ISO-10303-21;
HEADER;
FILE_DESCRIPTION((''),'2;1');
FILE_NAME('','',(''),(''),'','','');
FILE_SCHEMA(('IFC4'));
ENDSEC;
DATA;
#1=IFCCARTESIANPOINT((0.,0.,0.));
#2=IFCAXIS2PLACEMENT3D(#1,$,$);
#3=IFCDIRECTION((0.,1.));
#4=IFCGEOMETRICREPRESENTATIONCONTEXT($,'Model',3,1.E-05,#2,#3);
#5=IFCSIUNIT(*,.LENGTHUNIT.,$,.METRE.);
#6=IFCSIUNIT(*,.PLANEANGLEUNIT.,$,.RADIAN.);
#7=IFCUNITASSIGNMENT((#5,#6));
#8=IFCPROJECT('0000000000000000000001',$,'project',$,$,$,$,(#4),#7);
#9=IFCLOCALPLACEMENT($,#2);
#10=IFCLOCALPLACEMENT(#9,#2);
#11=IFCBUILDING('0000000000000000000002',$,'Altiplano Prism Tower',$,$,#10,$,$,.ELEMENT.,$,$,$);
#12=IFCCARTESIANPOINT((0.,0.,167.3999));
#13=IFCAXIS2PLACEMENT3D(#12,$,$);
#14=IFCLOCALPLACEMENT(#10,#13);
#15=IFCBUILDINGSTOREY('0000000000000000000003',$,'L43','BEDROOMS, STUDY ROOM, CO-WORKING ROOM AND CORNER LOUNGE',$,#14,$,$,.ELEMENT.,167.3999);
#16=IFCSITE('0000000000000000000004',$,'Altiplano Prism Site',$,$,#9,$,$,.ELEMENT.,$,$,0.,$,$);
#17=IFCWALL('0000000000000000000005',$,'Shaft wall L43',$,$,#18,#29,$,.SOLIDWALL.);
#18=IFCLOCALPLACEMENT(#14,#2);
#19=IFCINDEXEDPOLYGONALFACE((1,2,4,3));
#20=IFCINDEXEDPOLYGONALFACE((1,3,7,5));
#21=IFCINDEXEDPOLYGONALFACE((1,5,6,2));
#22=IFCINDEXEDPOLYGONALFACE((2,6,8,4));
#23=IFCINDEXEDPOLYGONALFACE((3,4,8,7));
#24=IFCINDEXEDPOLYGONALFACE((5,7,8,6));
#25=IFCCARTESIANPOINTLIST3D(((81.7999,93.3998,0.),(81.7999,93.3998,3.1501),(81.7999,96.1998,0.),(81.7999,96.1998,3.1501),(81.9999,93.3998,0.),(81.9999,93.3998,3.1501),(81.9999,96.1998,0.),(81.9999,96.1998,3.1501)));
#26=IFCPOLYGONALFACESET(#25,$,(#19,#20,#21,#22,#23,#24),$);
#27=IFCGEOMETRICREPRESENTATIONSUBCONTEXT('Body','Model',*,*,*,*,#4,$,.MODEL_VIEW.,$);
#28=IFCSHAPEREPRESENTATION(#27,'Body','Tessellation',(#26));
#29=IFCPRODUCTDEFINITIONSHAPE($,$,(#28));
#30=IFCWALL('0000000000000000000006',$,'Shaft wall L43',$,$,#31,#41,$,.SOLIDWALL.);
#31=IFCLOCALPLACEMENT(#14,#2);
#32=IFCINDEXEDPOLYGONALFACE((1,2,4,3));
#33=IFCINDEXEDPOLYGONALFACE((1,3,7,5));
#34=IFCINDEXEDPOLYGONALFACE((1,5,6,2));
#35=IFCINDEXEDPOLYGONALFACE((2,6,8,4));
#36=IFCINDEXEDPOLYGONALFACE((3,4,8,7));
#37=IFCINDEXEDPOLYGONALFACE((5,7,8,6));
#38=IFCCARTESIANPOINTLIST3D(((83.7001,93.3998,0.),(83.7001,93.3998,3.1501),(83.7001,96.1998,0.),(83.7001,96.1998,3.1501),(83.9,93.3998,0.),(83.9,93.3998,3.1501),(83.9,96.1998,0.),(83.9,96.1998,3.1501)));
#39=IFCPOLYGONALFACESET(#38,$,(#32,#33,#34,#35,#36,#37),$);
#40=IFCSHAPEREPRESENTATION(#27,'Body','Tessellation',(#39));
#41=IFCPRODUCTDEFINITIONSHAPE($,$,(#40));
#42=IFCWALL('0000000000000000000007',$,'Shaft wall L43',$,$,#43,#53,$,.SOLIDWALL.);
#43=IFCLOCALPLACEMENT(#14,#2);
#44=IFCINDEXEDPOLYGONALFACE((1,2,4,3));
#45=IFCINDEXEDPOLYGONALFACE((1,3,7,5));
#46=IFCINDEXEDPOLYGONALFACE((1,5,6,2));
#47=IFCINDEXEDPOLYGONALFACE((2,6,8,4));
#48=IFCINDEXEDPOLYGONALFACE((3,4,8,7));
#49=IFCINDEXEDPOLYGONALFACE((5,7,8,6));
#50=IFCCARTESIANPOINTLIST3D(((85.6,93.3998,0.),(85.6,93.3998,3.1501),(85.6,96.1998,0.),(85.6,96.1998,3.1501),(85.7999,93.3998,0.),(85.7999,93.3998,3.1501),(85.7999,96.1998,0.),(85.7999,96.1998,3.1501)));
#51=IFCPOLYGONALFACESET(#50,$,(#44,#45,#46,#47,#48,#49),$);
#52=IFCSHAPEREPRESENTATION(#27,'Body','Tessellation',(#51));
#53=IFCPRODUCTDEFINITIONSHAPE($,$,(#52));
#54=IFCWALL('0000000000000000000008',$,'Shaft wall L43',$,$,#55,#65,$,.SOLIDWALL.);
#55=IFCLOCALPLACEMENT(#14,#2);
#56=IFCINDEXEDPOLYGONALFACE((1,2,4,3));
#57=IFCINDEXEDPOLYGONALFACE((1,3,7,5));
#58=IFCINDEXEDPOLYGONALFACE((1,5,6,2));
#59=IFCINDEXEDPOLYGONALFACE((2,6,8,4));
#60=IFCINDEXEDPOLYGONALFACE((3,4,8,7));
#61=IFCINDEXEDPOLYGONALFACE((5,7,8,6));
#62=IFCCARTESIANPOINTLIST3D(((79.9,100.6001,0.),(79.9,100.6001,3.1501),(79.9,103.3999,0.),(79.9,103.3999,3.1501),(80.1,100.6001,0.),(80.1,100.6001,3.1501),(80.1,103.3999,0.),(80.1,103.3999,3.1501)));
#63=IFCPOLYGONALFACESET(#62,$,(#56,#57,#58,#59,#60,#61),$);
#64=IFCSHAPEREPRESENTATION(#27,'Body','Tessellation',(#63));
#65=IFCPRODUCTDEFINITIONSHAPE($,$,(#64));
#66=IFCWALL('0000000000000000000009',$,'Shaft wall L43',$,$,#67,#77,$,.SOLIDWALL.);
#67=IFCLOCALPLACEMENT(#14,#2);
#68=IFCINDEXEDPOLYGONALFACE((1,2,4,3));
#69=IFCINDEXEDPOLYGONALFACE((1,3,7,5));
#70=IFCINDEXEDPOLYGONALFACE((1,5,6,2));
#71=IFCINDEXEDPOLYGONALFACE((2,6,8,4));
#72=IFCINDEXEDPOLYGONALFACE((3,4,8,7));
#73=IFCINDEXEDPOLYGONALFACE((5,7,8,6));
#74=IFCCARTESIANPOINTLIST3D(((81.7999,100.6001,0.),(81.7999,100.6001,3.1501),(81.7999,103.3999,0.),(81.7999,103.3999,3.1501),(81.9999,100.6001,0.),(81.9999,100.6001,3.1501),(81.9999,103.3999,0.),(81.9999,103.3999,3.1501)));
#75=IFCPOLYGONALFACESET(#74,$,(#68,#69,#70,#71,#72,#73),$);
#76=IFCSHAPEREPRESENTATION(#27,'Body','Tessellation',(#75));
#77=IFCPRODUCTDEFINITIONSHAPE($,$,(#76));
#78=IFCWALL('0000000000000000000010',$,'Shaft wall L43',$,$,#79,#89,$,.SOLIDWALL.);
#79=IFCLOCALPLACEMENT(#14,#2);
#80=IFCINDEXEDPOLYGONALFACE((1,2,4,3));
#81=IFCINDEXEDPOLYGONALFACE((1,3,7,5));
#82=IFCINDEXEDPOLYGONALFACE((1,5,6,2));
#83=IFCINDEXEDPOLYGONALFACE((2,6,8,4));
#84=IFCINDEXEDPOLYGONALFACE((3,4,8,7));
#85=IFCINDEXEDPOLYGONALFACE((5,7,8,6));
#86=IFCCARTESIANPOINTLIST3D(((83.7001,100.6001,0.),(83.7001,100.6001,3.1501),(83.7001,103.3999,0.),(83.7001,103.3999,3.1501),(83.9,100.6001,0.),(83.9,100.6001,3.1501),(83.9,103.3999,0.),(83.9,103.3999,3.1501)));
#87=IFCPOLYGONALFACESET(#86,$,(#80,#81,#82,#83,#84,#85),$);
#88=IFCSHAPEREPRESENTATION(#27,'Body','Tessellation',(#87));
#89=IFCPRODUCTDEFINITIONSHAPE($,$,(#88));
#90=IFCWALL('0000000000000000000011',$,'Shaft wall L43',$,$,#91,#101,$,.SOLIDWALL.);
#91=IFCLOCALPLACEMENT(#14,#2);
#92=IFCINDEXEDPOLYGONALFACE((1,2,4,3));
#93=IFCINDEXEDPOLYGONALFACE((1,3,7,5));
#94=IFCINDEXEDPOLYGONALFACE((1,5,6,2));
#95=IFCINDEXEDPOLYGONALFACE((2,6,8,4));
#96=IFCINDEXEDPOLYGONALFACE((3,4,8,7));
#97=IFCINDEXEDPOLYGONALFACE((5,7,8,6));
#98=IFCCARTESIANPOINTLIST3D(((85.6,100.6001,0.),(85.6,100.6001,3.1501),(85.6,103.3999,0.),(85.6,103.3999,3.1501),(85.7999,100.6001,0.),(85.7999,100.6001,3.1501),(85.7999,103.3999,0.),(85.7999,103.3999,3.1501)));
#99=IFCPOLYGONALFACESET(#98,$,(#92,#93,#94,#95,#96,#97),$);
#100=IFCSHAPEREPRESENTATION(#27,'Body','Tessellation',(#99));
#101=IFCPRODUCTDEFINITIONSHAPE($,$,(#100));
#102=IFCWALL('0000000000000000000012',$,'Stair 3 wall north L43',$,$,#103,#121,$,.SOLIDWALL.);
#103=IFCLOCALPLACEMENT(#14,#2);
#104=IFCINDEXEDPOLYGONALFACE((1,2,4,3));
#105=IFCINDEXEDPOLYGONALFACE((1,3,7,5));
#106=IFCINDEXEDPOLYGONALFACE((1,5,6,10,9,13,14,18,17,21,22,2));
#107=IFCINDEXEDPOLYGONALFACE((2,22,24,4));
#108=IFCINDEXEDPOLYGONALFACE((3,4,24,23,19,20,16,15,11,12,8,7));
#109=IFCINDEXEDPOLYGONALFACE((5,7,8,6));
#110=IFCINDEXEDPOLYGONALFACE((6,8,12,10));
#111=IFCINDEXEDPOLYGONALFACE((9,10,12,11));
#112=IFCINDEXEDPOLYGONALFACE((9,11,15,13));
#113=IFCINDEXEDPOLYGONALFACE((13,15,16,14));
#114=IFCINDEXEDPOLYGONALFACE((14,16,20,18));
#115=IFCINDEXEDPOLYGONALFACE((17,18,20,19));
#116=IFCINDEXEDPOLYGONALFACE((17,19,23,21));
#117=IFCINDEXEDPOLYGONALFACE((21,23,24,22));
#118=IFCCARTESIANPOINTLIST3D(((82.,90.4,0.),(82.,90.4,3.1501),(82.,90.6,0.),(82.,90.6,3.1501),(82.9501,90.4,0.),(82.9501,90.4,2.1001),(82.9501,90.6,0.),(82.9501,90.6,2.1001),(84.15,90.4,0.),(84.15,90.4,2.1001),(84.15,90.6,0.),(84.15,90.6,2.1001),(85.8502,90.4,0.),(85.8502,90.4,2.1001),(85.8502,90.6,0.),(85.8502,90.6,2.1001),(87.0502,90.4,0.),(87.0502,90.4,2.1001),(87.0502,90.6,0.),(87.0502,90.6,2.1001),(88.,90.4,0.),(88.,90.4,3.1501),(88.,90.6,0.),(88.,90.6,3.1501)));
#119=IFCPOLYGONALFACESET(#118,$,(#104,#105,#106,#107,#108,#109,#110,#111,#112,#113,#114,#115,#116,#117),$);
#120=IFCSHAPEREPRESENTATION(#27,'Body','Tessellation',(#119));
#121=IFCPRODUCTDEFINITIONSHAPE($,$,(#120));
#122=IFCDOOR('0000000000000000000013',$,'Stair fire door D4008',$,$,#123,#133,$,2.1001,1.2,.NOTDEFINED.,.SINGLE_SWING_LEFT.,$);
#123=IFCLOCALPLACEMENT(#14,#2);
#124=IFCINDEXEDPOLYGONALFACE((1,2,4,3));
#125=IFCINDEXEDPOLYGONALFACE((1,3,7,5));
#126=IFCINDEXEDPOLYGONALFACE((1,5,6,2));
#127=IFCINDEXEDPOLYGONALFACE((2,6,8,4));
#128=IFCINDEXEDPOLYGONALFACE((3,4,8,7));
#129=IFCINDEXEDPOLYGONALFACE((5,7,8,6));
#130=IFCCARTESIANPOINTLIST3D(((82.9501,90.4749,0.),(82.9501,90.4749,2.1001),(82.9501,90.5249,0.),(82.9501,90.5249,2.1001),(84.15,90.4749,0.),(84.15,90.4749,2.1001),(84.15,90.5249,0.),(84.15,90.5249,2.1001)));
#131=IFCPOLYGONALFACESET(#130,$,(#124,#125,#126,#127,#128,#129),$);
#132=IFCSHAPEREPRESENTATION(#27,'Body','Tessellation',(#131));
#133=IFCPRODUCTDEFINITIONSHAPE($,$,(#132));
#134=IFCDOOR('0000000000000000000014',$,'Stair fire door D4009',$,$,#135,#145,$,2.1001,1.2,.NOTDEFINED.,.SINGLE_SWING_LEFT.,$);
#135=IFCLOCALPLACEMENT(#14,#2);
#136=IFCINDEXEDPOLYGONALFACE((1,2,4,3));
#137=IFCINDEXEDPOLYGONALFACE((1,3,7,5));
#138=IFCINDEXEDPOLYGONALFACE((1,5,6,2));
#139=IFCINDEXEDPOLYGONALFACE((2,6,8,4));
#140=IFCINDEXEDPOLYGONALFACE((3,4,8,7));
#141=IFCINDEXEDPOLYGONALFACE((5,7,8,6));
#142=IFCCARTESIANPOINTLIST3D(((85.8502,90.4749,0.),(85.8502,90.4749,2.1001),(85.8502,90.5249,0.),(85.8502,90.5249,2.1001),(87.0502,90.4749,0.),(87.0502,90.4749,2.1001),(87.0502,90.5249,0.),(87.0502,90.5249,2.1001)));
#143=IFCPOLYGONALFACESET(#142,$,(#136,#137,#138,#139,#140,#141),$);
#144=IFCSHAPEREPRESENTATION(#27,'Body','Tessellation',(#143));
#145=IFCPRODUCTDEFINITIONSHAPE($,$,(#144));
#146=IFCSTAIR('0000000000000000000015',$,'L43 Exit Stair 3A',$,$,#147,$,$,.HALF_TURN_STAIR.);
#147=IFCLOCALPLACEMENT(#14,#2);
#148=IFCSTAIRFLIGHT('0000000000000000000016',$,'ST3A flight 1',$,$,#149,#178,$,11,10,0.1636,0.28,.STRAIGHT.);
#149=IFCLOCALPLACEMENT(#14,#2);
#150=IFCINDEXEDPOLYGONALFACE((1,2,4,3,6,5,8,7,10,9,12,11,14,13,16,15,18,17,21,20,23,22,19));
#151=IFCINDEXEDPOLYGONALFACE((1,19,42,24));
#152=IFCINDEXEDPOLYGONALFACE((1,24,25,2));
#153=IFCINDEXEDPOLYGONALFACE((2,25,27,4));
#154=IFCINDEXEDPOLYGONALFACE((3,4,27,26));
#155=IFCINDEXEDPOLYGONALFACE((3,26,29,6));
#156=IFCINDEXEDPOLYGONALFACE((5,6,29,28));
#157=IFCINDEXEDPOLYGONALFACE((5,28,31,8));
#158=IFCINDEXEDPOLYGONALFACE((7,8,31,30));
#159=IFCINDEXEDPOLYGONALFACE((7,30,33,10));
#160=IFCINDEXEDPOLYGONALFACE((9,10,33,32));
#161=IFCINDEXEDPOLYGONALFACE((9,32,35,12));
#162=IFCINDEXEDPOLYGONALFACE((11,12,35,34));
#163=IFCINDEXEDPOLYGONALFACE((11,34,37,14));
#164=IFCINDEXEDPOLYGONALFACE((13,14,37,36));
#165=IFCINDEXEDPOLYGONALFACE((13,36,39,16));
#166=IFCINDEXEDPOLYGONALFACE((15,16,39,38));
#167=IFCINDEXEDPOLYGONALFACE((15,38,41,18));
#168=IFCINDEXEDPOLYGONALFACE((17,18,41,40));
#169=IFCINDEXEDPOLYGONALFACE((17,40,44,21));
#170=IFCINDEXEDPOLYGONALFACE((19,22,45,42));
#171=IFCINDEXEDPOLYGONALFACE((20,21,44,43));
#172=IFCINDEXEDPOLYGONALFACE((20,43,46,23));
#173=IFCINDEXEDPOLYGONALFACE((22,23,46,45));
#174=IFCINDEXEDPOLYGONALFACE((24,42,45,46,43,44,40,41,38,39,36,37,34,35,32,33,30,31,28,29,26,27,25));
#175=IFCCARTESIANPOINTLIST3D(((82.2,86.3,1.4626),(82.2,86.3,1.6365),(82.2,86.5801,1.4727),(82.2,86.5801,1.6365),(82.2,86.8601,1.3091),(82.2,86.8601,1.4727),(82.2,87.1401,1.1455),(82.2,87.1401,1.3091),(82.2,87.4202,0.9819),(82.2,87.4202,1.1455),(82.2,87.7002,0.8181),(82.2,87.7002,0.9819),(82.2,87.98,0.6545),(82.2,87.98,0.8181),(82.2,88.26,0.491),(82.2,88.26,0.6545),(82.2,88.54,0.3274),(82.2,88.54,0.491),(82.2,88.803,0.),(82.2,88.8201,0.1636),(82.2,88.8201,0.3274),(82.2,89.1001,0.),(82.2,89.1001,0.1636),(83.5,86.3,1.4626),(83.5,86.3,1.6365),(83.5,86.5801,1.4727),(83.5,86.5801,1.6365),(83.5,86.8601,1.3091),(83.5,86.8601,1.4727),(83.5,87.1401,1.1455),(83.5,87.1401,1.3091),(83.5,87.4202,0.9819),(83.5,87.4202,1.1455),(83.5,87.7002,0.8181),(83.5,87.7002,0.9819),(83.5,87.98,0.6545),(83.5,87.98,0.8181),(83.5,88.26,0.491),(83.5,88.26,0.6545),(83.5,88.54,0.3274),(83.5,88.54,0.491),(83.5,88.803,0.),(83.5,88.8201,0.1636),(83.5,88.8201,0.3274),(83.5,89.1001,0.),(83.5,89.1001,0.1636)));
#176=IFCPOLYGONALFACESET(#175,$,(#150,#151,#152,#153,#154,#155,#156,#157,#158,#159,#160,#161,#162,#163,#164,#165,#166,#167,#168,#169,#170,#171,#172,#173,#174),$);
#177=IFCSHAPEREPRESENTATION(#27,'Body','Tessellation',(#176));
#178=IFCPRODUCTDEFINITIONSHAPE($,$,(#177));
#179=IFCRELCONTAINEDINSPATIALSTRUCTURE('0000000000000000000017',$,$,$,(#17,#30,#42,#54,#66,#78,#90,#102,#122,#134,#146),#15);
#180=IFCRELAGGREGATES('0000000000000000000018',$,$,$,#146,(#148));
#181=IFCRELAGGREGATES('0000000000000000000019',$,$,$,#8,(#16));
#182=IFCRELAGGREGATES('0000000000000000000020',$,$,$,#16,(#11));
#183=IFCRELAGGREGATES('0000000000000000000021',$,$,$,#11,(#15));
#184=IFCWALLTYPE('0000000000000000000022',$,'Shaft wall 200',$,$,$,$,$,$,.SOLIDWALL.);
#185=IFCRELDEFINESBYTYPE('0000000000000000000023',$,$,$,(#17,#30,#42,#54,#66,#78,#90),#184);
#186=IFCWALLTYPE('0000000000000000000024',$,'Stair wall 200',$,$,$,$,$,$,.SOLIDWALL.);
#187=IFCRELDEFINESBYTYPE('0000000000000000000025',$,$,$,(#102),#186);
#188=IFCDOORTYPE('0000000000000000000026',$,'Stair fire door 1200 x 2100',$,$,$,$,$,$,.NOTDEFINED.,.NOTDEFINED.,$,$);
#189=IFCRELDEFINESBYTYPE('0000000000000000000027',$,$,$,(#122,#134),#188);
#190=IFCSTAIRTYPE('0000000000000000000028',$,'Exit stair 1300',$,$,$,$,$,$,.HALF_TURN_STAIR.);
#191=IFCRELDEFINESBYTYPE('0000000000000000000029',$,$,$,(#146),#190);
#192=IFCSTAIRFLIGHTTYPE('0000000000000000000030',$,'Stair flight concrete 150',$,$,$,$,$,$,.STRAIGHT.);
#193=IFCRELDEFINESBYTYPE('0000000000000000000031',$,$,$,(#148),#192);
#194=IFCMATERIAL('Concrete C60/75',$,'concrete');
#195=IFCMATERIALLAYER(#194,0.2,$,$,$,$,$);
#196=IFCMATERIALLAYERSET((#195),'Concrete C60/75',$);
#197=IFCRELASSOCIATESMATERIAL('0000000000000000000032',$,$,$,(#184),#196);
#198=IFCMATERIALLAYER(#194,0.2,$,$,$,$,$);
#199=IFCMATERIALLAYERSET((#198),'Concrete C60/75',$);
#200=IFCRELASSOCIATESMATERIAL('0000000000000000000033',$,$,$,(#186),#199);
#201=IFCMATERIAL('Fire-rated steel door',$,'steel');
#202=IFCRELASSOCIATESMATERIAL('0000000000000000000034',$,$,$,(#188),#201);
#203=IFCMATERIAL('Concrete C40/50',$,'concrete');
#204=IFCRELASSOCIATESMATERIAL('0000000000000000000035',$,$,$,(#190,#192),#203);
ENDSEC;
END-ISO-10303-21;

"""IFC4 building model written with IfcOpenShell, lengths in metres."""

from ifc_helpers import new_model, si_unit, direction, frame, frame_2d, origin, place, context, subcontext, project, spatial, polyline, rectangle, outline, extrude, material, layer, layer_set, type_object, element, fill, aggregate, save


model = new_model("IFC4")

# Units and contexts
model_context = context("Model", 3, precision=1e-05, world=origin(), true_north=direction((0.0, 1.0)))
body_context = subcontext(model_context, "Body", "Model", "MODEL_VIEW")
ifc_project = project(units=[si_unit("LENGTHUNIT", "METRE"), si_unit("PLANEANGLEUNIT", "RADIAN")], contexts=[model_context])

# Site, building, storey
site_placement = place(None, origin())
site = spatial("IfcSite", under=ifc_project, at=site_placement, Name="Altiplano Prism Site", CompositionType="ELEMENT", RefElevation=0.0)
building_placement = place(site_placement, origin())
building = spatial("IfcBuilding", under=site, at=building_placement, Name="Altiplano Prism Tower", CompositionType="ELEMENT")
storey_placement = place(building_placement, frame((0.0, 0.0, 167.3999)))
storey = spatial("IfcBuildingStorey", under=building, at=storey_placement, Name="L43", Description="BEDROOMS, STUDY ROOM, CO-WORKING ROOM AND CORNER LOUNGE", CompositionType="ELEMENT", Elevation=167.3999)

# Walls
ifc_material_1 = material(Name="Concrete C60/75", Category="concrete")
ifc_layer_1 = layer(ifc_material_1, 0.2)
ifc_layer_set_1 = layer_set([ifc_layer_1], Name="Concrete C60/75")
wall_type_1 = type_object("IfcWallType", Name="Shaft wall 200", PredefinedType="SOLIDWALL", material=ifc_layer_set_1)
for number, where, z_axis, x_axis, name in (
    (1, (81.8999, 93.3999, 0.0), (0.0, 0.0, 1.0), (0.0, 1.0, 0.0), "Shaft wall L43"),
    (2, (83.8, 93.3999, 0.0), (0.0, 0.0, 1.0), (0.0, 1.0, 0.0), "Shaft wall L43"),
    (3, (85.7, 93.3999, 0.0), (0.0, 0.0, 1.0), (0.0, 1.0, 0.0), "Shaft wall L43"),
):
    element("IfcWall", number, at=place(storey_placement, frame(where, z_axis=z_axis, x_axis=x_axis)), inside=storey, type_object=wall_type_1, Name=name, PredefinedType="SOLIDWALL", context=body_context, shape_type="SweptSolid", body=[
        extrude(rectangle(XDim=2.8, YDim=0.2, at=frame_2d((1.3999, 0.0))), origin(), (0.0, 0.0, 1.0), 3.1501),
    ])
for number, where, z_axis, x_axis, name in (
    (4, (80.0, 100.6001, 0.0), (0.0, 0.0, 1.0), (0.0, 1.0, 0.0), "Shaft wall L43"),
    (5, (81.8999, 100.6001, 0.0), (0.0, 0.0, 1.0), (0.0, 1.0, 0.0), "Shaft wall L43"),
    (6, (83.8, 100.6001, 0.0), (0.0, 0.0, 1.0), (0.0, 1.0, 0.0), "Shaft wall L43"),
    (7, (85.7, 100.6001, 0.0), (0.0, 0.0, 1.0), (0.0, 1.0, 0.0), "Shaft wall L43"),
):
    element("IfcWall", number, at=place(storey_placement, frame(where, z_axis=z_axis, x_axis=x_axis)), inside=storey, type_object=wall_type_1, Name=name, PredefinedType="SOLIDWALL", context=body_context, shape_type="SweptSolid", body=[
        extrude(rectangle(XDim=2.7998, YDim=0.2, at=frame_2d((1.3999, 0.0))), origin(), (0.0, 0.0, 1.0), 3.1501),
    ])

# Wall, openings, doors
ifc_layer_2 = layer(ifc_material_1, 0.2)
ifc_layer_set_2 = layer_set([ifc_layer_2], Name="Concrete C60/75")
wall_type_2 = type_object("IfcWallType", Name="Stair wall 200", PredefinedType="SOLIDWALL", material=ifc_layer_set_2)
wall_placement = place(storey_placement, frame((82.0, 90.5, 0.0), z_axis=(0.0, 0.0, 1.0), x_axis=(1.0, 0.0, 0.0)))
wall = element("IfcWall", 8, at=wall_placement, inside=storey, type_object=wall_type_2, Name="Stair 3 wall north L43", PredefinedType="SOLIDWALL", context=body_context, shape_type="SweptSolid", body=[
    extrude(rectangle(XDim=6.0, YDim=0.2, at=frame_2d((3.0, 0.0))), origin(), (0.0, 0.0, 1.0), 3.1501),
])
opening_1_placement = place(wall_placement, frame((0.95, 0.0, 0.0)))
opening_1 = element("IfcOpeningElement", 9, at=opening_1_placement, cuts=wall, PredefinedType="OPENING", context=body_context, shape_type="SweptSolid", body=[
    extrude(rectangle(XDim=1.2, YDim=2.1001, at=frame_2d((0.6001, 1.05))), frame((0.0, 0.1104, 0.0), z_axis=(0.0, -1.0, 0.0), x_axis=(1.0, 0.0, 0.0)), (0.0, 0.0, 1.0), 0.2209),
])
opening_2_placement = place(wall_placement, frame((3.8501, 0.0, 0.0)))
opening_2 = element("IfcOpeningElement", 10, at=opening_2_placement, cuts=wall, PredefinedType="OPENING", context=body_context, shape_type="SweptSolid", body=[
    extrude(rectangle(XDim=1.2, YDim=2.1001, at=frame_2d((0.6001, 1.05))), frame((0.0, 0.1104, 0.0), z_axis=(0.0, -1.0, 0.0), x_axis=(1.0, 0.0, 0.0)), (0.0, 0.0, 1.0), 0.2209),
])
ifc_material_2 = material(Name="Fire-rated steel door", Category="steel")
door_type = type_object("IfcDoorType", Name="Stair fire door 1200 x 2100", OperationType="NOTDEFINED", PredefinedType="NOTDEFINED", material=ifc_material_2)
door_1_placement = place(opening_1_placement, origin())
door_1 = element("IfcDoor", 11, at=door_1_placement, inside=storey, type_object=door_type, Name="Stair fire door D4008", OperationType="SINGLE_SWING_LEFT", OverallHeight=2.1001, OverallWidth=1.2, PredefinedType="NOTDEFINED", context=body_context, shape_type="SweptSolid", body=[
    extrude(rectangle(XDim=1.2, YDim=2.1001, at=frame_2d((0.6001, 1.05))), frame((0.0, 0.0249, 0.0), z_axis=(0.0, -1.0, 0.0), x_axis=(1.0, 0.0, 0.0)), (0.0, 0.0, 1.0), 0.05),
])
fill(opening_1, door_1)
door_2_placement = place(opening_2_placement, origin())
door_2 = element("IfcDoor", 12, at=door_2_placement, inside=storey, type_object=door_type, Name="Stair fire door D4009", OperationType="SINGLE_SWING_LEFT", OverallHeight=2.1001, OverallWidth=1.2, PredefinedType="NOTDEFINED", context=body_context, shape_type="SweptSolid", body=[
    extrude(rectangle(XDim=1.2, YDim=2.1001, at=frame_2d((0.6001, 1.05))), frame((0.0, 0.0249, 0.0), z_axis=(0.0, -1.0, 0.0), x_axis=(1.0, 0.0, 0.0)), (0.0, 0.0, 1.0), 0.05),
])
fill(opening_2, door_2)

# Stair, stair flight
ifc_material_3 = material(Name="Concrete C40/50", Category="concrete")
stair_type = type_object("IfcStairType", Name="Exit stair 1300", PredefinedType="HALF_TURN_STAIR", material=ifc_material_3)
stair_1_placement = place(storey_placement, origin())
stair_1 = element("IfcStair", 13, at=stair_1_placement, inside=storey, type_object=stair_type, Name="L43 Exit Stair 3A", PredefinedType="HALF_TURN_STAIR")
stair_flight_type = type_object("IfcStairFlightType", Name="Stair flight concrete 150", PredefinedType="STRAIGHT", material=ifc_material_3)
stair_flight_1_placement = place(storey_placement, frame((82.8501, 89.1001, 0.0), z_axis=(0.0, 0.0, 1.0), x_axis=(0.0, -1.0, 0.0)))
stair_flight_1 = element("IfcStairFlight", 14, at=stair_flight_1_placement, type_object=stair_flight_type, Name="ST3A flight 1", NumberOfRisers=11, NumberOfTreads=10, PredefinedType="STRAIGHT", RiserHeight=0.1636, TreadLength=0.28, context=body_context, shape_type="SweptSolid", body=[
    extrude(outline(polyline([(0.0, 0.0), (0.0, 0.1636), (0.28, 0.1636), (0.28, 0.3274), (0.5601, 0.3274), (0.5601, 0.491), (0.8401, 0.491), (0.8401, 0.6545), (1.1201, 0.6545), (1.1201, 0.8181), (1.3999, 0.8181), (1.3999, 0.9819), (1.6799, 0.9819), (1.6799, 1.1455), (1.96, 1.1455), (1.96, 1.3091), (2.24, 1.3091), (2.24, 1.4727), (2.52, 1.4727), (2.52, 1.6365), (2.8, 1.6365), (2.8, 1.8), (2.8, 1.4626), (0.2971, 0.0), (0.0, 0.0)])), frame((0.0, 0.6499, 0.0), z_axis=(0.0, -1.0, 0.0), x_axis=(1.0, 0.0, 0.0)), (0.0, 0.0, 1.0), 1.3),
])
aggregate(stair_1, [stair_flight_1])

save(model, "model.ifc")
